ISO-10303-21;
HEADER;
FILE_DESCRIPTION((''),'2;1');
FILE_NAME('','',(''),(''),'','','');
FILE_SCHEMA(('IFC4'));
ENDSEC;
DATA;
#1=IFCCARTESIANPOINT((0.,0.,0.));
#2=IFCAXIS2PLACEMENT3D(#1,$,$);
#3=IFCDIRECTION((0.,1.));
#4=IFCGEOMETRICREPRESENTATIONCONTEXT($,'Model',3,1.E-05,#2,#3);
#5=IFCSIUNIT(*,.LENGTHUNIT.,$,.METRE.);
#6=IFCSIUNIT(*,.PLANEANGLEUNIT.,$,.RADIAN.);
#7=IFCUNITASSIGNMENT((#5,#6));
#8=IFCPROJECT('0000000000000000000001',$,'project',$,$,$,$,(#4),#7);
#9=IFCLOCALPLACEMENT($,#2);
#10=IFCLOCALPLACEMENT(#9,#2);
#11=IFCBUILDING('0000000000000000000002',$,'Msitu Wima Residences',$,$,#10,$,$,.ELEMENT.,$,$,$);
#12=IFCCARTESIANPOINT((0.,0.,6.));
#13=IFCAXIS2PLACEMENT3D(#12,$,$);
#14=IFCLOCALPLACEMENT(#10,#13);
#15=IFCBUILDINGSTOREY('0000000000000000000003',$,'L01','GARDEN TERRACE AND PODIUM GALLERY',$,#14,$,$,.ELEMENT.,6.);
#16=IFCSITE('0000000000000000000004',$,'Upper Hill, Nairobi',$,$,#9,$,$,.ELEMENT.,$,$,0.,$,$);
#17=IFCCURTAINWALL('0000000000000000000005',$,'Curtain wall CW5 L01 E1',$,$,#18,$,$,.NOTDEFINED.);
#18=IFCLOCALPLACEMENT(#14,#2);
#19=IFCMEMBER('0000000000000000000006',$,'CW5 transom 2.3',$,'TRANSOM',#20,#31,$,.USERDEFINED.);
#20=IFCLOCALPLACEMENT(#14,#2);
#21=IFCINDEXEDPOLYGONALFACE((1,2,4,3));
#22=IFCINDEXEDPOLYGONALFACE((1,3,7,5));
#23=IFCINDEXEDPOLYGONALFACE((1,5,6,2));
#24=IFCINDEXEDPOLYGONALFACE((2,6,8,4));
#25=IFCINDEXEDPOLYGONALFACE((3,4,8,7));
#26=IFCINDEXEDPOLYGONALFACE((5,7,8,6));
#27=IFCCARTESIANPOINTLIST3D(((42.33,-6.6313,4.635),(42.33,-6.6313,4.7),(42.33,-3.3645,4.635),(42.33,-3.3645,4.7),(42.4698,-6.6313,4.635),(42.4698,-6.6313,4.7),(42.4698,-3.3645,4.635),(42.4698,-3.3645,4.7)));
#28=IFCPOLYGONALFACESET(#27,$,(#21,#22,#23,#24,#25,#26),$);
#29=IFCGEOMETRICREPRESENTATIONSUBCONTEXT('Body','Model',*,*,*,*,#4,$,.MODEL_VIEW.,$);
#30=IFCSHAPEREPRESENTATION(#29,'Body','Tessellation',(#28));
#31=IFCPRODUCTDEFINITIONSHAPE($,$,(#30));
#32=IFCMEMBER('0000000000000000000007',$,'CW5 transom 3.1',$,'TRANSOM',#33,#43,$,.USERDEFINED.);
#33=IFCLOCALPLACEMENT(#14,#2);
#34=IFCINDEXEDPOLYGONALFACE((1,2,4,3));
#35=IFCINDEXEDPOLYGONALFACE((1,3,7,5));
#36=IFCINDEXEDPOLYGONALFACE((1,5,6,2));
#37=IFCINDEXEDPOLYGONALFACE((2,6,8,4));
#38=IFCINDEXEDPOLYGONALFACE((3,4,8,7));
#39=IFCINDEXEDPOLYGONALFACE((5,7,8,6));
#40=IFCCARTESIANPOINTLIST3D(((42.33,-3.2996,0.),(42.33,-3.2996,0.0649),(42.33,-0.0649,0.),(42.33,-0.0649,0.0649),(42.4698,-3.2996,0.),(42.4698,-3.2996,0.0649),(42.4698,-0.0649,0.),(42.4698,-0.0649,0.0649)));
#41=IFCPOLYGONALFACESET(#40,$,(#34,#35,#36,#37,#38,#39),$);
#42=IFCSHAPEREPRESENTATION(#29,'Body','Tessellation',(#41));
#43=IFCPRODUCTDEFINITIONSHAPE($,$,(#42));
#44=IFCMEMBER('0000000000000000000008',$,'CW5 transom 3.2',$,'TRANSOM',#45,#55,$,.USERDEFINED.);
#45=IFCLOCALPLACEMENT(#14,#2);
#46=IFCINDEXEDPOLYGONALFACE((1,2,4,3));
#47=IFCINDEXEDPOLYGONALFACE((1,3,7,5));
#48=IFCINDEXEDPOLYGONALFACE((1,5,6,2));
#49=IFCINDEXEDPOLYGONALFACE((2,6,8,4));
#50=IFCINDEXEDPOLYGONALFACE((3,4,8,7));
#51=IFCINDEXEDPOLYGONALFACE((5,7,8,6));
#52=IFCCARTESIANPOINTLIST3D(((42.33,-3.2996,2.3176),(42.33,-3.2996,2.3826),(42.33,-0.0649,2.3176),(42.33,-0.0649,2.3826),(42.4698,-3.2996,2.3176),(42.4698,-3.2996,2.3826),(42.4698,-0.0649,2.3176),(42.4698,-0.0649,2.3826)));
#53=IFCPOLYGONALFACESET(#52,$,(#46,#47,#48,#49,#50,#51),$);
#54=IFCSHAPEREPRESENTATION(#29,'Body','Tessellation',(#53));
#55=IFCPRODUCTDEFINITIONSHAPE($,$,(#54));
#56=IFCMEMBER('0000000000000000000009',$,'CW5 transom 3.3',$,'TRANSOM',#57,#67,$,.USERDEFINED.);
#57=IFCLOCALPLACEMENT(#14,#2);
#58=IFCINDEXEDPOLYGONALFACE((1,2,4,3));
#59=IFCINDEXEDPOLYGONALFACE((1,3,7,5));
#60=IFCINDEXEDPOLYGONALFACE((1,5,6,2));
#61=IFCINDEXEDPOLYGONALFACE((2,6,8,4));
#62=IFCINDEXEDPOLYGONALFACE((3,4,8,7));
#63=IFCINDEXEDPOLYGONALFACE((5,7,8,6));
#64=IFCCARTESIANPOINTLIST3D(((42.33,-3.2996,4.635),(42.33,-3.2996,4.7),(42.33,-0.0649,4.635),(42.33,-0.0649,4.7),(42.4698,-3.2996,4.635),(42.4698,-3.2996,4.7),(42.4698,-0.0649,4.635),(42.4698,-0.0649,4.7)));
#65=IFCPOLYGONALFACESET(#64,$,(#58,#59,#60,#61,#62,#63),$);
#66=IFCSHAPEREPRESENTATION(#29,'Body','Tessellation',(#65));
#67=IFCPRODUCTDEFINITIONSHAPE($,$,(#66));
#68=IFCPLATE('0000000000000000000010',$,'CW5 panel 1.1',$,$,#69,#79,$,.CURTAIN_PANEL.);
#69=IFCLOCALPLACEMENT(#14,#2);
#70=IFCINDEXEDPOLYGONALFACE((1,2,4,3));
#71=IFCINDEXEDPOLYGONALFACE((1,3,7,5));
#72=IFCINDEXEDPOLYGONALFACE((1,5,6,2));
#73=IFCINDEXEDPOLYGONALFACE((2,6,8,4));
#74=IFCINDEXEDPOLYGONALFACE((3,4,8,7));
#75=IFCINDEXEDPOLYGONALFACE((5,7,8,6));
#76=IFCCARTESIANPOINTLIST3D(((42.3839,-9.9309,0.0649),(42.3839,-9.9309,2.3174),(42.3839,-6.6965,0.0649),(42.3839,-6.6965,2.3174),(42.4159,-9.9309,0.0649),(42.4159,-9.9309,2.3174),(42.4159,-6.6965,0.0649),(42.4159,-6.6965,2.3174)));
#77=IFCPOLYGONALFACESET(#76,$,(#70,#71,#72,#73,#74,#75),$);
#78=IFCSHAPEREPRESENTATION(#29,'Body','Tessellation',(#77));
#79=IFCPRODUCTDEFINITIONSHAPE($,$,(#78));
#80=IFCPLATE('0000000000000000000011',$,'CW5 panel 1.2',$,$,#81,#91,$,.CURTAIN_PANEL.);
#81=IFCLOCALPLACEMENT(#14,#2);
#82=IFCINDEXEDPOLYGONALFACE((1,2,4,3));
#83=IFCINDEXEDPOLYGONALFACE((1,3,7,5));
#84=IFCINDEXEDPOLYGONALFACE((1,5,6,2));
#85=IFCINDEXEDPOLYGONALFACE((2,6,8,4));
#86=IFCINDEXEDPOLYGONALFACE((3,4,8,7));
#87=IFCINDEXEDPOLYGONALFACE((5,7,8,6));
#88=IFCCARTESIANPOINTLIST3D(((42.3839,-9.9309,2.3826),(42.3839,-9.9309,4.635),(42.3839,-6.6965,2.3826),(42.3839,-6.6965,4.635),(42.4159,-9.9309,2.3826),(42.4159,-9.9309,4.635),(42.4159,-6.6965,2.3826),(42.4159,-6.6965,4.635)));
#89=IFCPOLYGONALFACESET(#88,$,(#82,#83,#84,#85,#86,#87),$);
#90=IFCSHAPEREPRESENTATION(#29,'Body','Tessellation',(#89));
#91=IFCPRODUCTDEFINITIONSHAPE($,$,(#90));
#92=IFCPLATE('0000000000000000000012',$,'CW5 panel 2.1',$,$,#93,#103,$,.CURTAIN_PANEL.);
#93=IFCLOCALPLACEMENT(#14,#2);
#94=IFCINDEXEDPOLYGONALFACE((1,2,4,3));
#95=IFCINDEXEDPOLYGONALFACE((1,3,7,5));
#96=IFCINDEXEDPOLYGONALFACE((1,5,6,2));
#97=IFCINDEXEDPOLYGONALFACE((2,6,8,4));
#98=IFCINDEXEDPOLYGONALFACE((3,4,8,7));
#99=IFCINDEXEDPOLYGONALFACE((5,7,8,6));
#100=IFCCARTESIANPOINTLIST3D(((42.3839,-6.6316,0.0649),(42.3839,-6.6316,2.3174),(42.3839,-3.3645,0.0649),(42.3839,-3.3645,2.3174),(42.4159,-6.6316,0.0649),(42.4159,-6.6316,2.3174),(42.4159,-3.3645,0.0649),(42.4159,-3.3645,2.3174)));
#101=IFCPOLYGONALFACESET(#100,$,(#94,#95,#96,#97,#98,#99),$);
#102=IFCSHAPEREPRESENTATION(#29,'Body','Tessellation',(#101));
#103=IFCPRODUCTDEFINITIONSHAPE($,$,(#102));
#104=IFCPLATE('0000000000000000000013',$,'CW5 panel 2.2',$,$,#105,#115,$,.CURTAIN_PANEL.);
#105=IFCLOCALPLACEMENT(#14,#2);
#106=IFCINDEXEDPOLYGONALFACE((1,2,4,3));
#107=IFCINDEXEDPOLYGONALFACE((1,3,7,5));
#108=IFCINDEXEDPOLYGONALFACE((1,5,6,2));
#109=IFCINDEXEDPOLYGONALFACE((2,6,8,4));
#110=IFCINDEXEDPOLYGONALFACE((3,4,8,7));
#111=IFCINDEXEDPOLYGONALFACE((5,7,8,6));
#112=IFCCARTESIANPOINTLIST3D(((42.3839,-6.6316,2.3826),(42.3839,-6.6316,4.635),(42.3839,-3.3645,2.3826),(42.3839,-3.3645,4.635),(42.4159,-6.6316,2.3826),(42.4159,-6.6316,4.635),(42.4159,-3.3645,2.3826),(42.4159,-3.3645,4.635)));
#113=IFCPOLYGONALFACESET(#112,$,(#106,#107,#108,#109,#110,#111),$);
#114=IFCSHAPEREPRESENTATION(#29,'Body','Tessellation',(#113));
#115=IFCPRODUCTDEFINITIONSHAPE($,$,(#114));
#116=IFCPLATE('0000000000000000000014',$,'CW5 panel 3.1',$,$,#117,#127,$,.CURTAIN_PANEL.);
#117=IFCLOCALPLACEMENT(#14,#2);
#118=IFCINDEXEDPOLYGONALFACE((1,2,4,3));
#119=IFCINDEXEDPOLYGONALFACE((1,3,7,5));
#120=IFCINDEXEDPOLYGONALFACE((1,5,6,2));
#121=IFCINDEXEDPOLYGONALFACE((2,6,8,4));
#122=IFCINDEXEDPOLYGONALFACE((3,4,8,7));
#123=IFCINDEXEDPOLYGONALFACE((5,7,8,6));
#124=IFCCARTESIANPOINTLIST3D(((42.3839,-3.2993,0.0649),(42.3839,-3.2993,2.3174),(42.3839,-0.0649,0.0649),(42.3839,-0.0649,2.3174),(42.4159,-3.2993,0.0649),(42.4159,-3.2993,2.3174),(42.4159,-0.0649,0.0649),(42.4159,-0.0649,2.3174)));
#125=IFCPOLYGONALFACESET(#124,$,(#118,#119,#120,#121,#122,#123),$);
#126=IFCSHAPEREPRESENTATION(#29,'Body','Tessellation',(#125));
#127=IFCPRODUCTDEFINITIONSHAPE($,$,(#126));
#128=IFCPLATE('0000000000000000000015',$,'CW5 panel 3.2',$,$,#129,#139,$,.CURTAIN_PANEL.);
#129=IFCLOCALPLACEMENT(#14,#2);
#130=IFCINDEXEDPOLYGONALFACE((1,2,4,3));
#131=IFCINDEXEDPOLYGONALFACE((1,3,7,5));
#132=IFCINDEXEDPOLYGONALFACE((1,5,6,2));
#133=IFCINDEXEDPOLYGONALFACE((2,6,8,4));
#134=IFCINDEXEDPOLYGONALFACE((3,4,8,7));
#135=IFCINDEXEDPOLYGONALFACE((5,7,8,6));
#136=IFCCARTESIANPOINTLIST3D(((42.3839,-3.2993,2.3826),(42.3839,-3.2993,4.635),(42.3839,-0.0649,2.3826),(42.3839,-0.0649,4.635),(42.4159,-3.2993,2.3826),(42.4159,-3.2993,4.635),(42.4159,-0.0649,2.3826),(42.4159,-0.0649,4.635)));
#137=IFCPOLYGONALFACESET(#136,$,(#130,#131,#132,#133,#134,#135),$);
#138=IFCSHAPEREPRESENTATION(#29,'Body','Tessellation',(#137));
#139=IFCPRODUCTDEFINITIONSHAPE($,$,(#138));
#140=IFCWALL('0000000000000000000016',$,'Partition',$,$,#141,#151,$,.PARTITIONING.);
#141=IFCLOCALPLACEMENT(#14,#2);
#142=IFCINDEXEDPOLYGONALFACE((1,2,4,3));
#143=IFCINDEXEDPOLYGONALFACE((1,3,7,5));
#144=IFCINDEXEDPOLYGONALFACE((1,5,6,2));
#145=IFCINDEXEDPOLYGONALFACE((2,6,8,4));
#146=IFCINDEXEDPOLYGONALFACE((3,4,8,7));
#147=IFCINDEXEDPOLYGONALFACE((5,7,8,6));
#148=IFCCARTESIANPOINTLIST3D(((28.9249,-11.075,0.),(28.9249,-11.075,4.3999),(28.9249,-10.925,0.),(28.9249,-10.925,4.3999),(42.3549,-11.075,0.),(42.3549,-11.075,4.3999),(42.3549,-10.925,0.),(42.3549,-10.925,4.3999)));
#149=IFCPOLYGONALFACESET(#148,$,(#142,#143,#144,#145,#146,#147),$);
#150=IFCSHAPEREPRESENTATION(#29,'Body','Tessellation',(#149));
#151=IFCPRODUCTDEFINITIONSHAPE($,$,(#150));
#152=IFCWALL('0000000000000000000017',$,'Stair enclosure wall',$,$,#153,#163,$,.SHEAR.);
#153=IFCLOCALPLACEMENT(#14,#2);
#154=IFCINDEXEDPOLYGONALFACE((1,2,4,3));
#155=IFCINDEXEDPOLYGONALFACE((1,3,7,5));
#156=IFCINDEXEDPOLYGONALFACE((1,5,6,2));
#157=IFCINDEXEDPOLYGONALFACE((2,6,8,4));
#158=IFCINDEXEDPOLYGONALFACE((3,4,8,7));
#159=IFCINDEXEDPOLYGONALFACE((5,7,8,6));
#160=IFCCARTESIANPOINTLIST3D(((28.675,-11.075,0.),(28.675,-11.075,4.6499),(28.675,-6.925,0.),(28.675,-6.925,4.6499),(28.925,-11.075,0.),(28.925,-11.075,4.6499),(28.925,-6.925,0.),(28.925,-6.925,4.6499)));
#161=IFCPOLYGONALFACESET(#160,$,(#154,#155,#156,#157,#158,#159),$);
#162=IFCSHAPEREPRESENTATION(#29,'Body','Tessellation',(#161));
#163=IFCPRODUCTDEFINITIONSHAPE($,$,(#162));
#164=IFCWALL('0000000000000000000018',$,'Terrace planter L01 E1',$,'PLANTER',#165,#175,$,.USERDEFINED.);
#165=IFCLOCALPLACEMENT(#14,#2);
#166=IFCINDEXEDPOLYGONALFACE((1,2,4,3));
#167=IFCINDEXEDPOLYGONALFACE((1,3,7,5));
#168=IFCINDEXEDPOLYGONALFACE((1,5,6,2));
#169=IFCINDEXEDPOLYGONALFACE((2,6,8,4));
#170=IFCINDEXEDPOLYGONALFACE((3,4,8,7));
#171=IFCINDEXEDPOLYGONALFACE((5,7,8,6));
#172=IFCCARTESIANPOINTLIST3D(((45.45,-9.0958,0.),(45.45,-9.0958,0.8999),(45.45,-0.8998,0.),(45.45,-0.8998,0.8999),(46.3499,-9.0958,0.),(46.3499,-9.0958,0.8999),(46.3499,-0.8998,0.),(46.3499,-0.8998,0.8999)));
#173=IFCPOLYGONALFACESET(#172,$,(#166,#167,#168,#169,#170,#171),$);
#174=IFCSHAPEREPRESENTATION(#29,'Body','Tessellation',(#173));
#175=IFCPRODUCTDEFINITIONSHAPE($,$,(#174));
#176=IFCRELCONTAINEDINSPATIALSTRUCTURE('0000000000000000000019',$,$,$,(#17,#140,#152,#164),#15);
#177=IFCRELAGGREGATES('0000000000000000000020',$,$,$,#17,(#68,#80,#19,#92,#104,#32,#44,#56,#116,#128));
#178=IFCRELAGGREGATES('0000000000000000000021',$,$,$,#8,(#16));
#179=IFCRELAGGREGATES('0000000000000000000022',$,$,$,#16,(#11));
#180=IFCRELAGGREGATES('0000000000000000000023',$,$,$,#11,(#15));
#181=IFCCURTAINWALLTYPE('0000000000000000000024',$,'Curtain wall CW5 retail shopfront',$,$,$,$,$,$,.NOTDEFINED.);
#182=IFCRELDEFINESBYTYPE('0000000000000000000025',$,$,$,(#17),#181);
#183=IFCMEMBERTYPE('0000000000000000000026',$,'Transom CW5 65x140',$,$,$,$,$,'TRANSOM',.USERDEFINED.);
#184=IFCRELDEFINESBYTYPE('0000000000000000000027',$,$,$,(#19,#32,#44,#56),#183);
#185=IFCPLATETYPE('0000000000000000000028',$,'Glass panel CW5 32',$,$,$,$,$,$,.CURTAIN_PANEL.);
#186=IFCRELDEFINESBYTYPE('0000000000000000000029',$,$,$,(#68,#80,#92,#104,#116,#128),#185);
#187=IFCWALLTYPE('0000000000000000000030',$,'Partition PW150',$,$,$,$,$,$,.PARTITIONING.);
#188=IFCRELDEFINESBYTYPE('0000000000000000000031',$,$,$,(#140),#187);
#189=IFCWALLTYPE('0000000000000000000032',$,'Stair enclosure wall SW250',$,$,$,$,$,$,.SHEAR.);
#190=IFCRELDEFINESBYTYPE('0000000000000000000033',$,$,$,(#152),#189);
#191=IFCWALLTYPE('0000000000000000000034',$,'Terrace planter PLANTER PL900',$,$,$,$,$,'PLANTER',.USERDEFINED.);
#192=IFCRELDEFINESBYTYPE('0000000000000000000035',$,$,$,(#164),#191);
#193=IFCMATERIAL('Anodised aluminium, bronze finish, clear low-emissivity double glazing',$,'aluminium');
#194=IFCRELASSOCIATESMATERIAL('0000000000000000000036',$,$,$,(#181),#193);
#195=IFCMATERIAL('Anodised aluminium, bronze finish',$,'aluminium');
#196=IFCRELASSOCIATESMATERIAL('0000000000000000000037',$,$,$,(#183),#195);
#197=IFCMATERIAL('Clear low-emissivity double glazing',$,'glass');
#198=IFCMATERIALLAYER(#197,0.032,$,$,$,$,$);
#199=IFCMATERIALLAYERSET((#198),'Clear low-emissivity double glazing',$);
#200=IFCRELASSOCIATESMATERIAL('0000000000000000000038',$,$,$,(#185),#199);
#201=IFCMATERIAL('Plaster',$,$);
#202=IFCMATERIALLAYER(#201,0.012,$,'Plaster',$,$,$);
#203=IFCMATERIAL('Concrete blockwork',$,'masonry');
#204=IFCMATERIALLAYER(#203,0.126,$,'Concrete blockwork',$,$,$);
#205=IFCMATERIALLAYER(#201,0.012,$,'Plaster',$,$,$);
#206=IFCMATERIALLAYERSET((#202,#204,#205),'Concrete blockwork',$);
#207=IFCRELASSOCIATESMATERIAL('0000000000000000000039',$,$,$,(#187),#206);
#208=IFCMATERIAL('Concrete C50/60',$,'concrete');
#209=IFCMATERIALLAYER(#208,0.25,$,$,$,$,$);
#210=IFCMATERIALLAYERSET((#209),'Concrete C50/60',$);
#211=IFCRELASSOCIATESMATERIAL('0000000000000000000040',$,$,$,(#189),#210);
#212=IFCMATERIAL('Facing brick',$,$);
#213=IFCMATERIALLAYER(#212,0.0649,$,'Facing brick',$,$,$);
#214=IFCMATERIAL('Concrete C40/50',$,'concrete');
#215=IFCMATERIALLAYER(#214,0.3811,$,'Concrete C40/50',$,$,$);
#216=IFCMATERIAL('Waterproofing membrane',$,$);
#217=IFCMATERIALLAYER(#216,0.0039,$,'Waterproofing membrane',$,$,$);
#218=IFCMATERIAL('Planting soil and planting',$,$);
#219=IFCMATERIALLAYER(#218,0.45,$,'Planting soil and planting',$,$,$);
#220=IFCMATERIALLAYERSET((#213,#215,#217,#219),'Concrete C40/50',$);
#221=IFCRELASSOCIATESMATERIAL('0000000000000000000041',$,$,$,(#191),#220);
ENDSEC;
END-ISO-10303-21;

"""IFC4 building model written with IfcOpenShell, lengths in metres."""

from ifc_helpers import new_model, si_unit, direction, frame, frame_2d, origin, origin_2d, place, context, subcontext, project, spatial, rectangle, extrude, material, layer, layer_set, material_profile, profile_set, type_object, element, aggregate, save


model = new_model("IFC4")

# Units and contexts
model_context = context("Model", 3, precision=1e-05, world=origin(), true_north=direction((0.0, 1.0)))
body_context = subcontext(model_context, "Body", "Model", "MODEL_VIEW")
ifc_project = project(units=[si_unit("LENGTHUNIT", "METRE"), si_unit("PLANEANGLEUNIT", "RADIAN")], contexts=[model_context])

# Site, building, storey
site_placement = place(None, origin())
site = spatial("IfcSite", under=ifc_project, at=site_placement, Name="Upper Hill, Nairobi", CompositionType="ELEMENT", RefElevation=0.0)
building_placement = place(site_placement, origin())
building = spatial("IfcBuilding", under=site, at=building_placement, Name="Msitu Wima Residences", CompositionType="ELEMENT")
storey_placement = place(building_placement, frame((0.0, 0.0, 6.0)))
storey = spatial("IfcBuildingStorey", under=building, at=storey_placement, Name="L01", Description="GARDEN TERRACE AND PODIUM GALLERY", CompositionType="ELEMENT", Elevation=6.0)

# Shared definitions
ifc_material_1 = material(Name="Anodised aluminium, bronze finish, clear low-emissivity double glazing", Category="aluminium")
curtain_wall_type = type_object("IfcCurtainWallType", Name="Curtain wall CW5 retail shopfront", PredefinedType="NOTDEFINED", material=ifc_material_1)
ifc_material_2 = material(Name="Anodised aluminium, bronze finish", Category="aluminium")

# Curtain wall
curtain_wall_1_placement = place(storey_placement, origin())
curtain_wall_1 = element("IfcCurtainWall", 1, at=curtain_wall_1_placement, inside=storey, type_object=curtain_wall_type, Name="Curtain wall CW5 L01 E1", PredefinedType="NOTDEFINED")

# Members
ifc_material_profile_1 = material_profile(ifc_material_2, rectangle(XDim=0.1399, YDim=0.0649, at=origin_2d()), Name="Transom 65x140")
ifc_profile_set_1 = profile_set([ifc_material_profile_1], Name="Anodised aluminium, bronze finish")
member_type_1 = type_object("IfcMemberType", Name="Transom CW5 65x140", ElementType="TRANSOM", PredefinedType="USERDEFINED", material=ifc_profile_set_1)
member_1_placement = place(storey_placement, frame((42.3999, -6.6313, 4.6675), z_axis=(0.0, 1.0, 0.0), x_axis=(-1.0, 0.0, 0.0)))
member_1 = element("IfcMember", 2, at=member_1_placement, type_object=member_type_1, Name="CW5 transom 2.3", ObjectType="TRANSOM", PredefinedType="USERDEFINED", context=body_context, shape_type="SweptSolid", body=[
    extrude(rectangle(XDim=0.1399, YDim=0.0649, at=origin_2d()), origin(), (0.0, 0.0, 1.0), 3.2668),
])
member_2_placement = place(storey_placement, frame((42.3999, -3.2996, 0.0325), z_axis=(0.0, 1.0, 0.0), x_axis=(-1.0, 0.0, 0.0)))
member_2 = element("IfcMember", 3, at=member_2_placement, type_object=member_type_1, Name="CW5 transom 3.1", ObjectType="TRANSOM", PredefinedType="USERDEFINED", context=body_context, shape_type="SweptSolid", body=[
    extrude(rectangle(XDim=0.1399, YDim=0.0649, at=origin_2d()), origin(), (0.0, 0.0, 1.0), 3.2346),
])
member_3_placement = place(storey_placement, frame((42.3999, -3.2996, 2.3501), z_axis=(0.0, 1.0, 0.0), x_axis=(-1.0, 0.0, 0.0)))
member_3 = element("IfcMember", 4, at=member_3_placement, type_object=member_type_1, Name="CW5 transom 3.2", ObjectType="TRANSOM", PredefinedType="USERDEFINED", context=body_context, shape_type="SweptSolid", body=[
    extrude(rectangle(XDim=0.1399, YDim=0.0649, at=origin_2d()), origin(), (0.0, 0.0, 1.0), 3.2346),
])
member_4_placement = place(storey_placement, frame((42.3999, -3.2996, 4.6675), z_axis=(0.0, 1.0, 0.0), x_axis=(-1.0, 0.0, 0.0)))
member_4 = element("IfcMember", 5, at=member_4_placement, type_object=member_type_1, Name="CW5 transom 3.3", ObjectType="TRANSOM", PredefinedType="USERDEFINED", context=body_context, shape_type="SweptSolid", body=[
    extrude(rectangle(XDim=0.1399, YDim=0.0649, at=origin_2d()), origin(), (0.0, 0.0, 1.0), 3.2346),
])

# Plates
ifc_material_3 = material(Name="Clear low-emissivity double glazing", Category="glass")
ifc_layer_1 = layer(ifc_material_3, 0.032)
ifc_layer_set_1 = layer_set([ifc_layer_1], Name="Clear low-emissivity double glazing")
plate_type = type_object("IfcPlateType", Name="Glass panel CW5 32", PredefinedType="CURTAIN_PANEL", material=ifc_layer_set_1)
plate_1_placement = place(storey_placement, frame((42.3999, -8.3137, 0.0649), z_axis=(0.0, 0.0, 1.0), x_axis=(0.0, 1.0, 0.0)))
plate_1 = element("IfcPlate", 6, at=plate_1_placement, type_object=plate_type, Name="CW5 panel 1.1", PredefinedType="CURTAIN_PANEL", context=body_context, shape_type="SweptSolid", body=[
    extrude(rectangle(XDim=3.2344, YDim=0.032, at=origin_2d()), origin(), (0.0, 0.0, 1.0), 2.2524),
])
plate_2_placement = place(storey_placement, frame((42.3999, -8.3137, 2.3826), z_axis=(0.0, 0.0, 1.0), x_axis=(0.0, 1.0, 0.0)))
plate_2 = element("IfcPlate", 7, at=plate_2_placement, type_object=plate_type, Name="CW5 panel 1.2", PredefinedType="CURTAIN_PANEL", context=body_context, shape_type="SweptSolid", body=[
    extrude(rectangle(XDim=3.2344, YDim=0.032, at=origin_2d()), origin(), (0.0, 0.0, 1.0), 2.2524),
])
plate_3_placement = place(storey_placement, frame((42.3999, -4.998, 0.0649), z_axis=(0.0, 0.0, 1.0), x_axis=(0.0, 1.0, 0.0)))
plate_3 = element("IfcPlate", 8, at=plate_3_placement, type_object=plate_type, Name="CW5 panel 2.1", PredefinedType="CURTAIN_PANEL", context=body_context, shape_type="SweptSolid", body=[
    extrude(rectangle(XDim=3.2671, YDim=0.032, at=origin_2d()), origin(), (0.0, 0.0, 1.0), 2.2524),
])
plate_4_placement = place(storey_placement, frame((42.3999, -4.998, 2.3826), z_axis=(0.0, 0.0, 1.0), x_axis=(0.0, 1.0, 0.0)))
plate_4 = element("IfcPlate", 9, at=plate_4_placement, type_object=plate_type, Name="CW5 panel 2.2", PredefinedType="CURTAIN_PANEL", context=body_context, shape_type="SweptSolid", body=[
    extrude(rectangle(XDim=3.2671, YDim=0.032, at=origin_2d()), origin(), (0.0, 0.0, 1.0), 2.2524),
])
plate_5_placement = place(storey_placement, frame((42.3999, -1.6821, 0.0649), z_axis=(0.0, 0.0, 1.0), x_axis=(0.0, 1.0, 0.0)))
plate_5 = element("IfcPlate", 10, at=plate_5_placement, type_object=plate_type, Name="CW5 panel 3.1", PredefinedType="CURTAIN_PANEL", context=body_context, shape_type="SweptSolid", body=[
    extrude(rectangle(XDim=3.2344, YDim=0.032, at=origin_2d()), origin(), (0.0, 0.0, 1.0), 2.2524),
])
plate_6_placement = place(storey_placement, frame((42.3999, -1.6821, 2.3826), z_axis=(0.0, 0.0, 1.0), x_axis=(0.0, 1.0, 0.0)))
plate_6 = element("IfcPlate", 11, at=plate_6_placement, type_object=plate_type, Name="CW5 panel 3.2", PredefinedType="CURTAIN_PANEL", context=body_context, shape_type="SweptSolid", body=[
    extrude(rectangle(XDim=3.2344, YDim=0.032, at=origin_2d()), origin(), (0.0, 0.0, 1.0), 2.2524),
])
aggregate(curtain_wall_1, [plate_1, plate_2, member_1, plate_3, plate_4, member_2, member_3, member_4, plate_5, plate_6])

# Walls
ifc_material_4 = material(Name="Plaster")
ifc_layer_2 = layer(ifc_material_4, 0.012, Name="Plaster")
ifc_material_5 = material(Name="Concrete blockwork", Category="masonry")
ifc_layer_3 = layer(ifc_material_5, 0.126, Name="Concrete blockwork")
ifc_layer_4 = layer(ifc_material_4, 0.012, Name="Plaster")
ifc_layer_set_2 = layer_set([ifc_layer_2, ifc_layer_3, ifc_layer_4], Name="Concrete blockwork")
wall_type_1 = type_object("IfcWallType", Name="Partition PW150", PredefinedType="PARTITIONING", material=ifc_layer_set_2)
wall_1_placement = place(storey_placement, frame((28.925, -11.0, 0.0), z_axis=(0.0, 0.0, 1.0), x_axis=(1.0, 0.0, 0.0)))
element("IfcWall", 12, at=wall_1_placement, inside=storey, type_object=wall_type_1, Name="Partition", PredefinedType="PARTITIONING", context=body_context, shape_type="SweptSolid", body=[
    extrude(rectangle(XDim=13.4299, YDim=0.1499, at=frame_2d((6.7148, 0.0))), origin(), (0.0, 0.0, 1.0), 4.3999),
])
ifc_material_6 = material(Name="Concrete C50/60", Category="concrete")
ifc_layer_5 = layer(ifc_material_6, 0.25)
ifc_layer_set_3 = layer_set([ifc_layer_5], Name="Concrete C50/60")
wall_type_2 = type_object("IfcWallType", Name="Stair enclosure wall SW250", PredefinedType="SHEAR", material=ifc_layer_set_3)
wall_2_placement = place(storey_placement, frame((28.8, -11.075, 0.0), z_axis=(0.0, 0.0, 1.0), x_axis=(0.0, 1.0, 0.0)))
element("IfcWall", 13, at=wall_2_placement, inside=storey, type_object=wall_type_2, Name="Stair enclosure wall", PredefinedType="SHEAR", context=body_context, shape_type="SweptSolid", body=[
    extrude(rectangle(XDim=4.1499, YDim=0.25, at=frame_2d((2.075, 0.0))), origin(), (0.0, 0.0, 1.0), 4.6499),
])
ifc_material_7 = material(Name="Facing brick")
ifc_layer_6 = layer(ifc_material_7, 0.0649, Name="Facing brick")
ifc_material_8 = material(Name="Concrete C40/50", Category="concrete")
ifc_layer_7 = layer(ifc_material_8, 0.3811, Name="Concrete C40/50")
ifc_material_9 = material(Name="Waterproofing membrane")
ifc_layer_8 = layer(ifc_material_9, 0.0039, Name="Waterproofing membrane")
ifc_material_10 = material(Name="Planting soil and planting")
ifc_layer_9 = layer(ifc_material_10, 0.45, Name="Planting soil and planting")
ifc_layer_set_4 = layer_set([ifc_layer_6, ifc_layer_7, ifc_layer_8, ifc_layer_9], Name="Concrete C40/50")
wall_type_3 = type_object("IfcWallType", Name="Terrace planter PLANTER PL900", ElementType="PLANTER", PredefinedType="USERDEFINED", material=ifc_layer_set_4)
wall_3_placement = place(storey_placement, frame((45.8999, -9.0959, 0.0), z_axis=(0.0, 0.0, 1.0), x_axis=(0.0, 1.0, 0.0)))
element("IfcWall", 14, at=wall_3_placement, inside=storey, type_object=wall_type_3, Name="Terrace planter L01 E1", ObjectType="PLANTER", PredefinedType="USERDEFINED", context=body_context, shape_type="SweptSolid", body=[
    extrude(rectangle(XDim=8.196, YDim=0.8999, at=frame_2d((4.0981, 0.0))), origin(), (0.0, 0.0, 1.0), 0.8999),
])

save(model, "model.ifc")
